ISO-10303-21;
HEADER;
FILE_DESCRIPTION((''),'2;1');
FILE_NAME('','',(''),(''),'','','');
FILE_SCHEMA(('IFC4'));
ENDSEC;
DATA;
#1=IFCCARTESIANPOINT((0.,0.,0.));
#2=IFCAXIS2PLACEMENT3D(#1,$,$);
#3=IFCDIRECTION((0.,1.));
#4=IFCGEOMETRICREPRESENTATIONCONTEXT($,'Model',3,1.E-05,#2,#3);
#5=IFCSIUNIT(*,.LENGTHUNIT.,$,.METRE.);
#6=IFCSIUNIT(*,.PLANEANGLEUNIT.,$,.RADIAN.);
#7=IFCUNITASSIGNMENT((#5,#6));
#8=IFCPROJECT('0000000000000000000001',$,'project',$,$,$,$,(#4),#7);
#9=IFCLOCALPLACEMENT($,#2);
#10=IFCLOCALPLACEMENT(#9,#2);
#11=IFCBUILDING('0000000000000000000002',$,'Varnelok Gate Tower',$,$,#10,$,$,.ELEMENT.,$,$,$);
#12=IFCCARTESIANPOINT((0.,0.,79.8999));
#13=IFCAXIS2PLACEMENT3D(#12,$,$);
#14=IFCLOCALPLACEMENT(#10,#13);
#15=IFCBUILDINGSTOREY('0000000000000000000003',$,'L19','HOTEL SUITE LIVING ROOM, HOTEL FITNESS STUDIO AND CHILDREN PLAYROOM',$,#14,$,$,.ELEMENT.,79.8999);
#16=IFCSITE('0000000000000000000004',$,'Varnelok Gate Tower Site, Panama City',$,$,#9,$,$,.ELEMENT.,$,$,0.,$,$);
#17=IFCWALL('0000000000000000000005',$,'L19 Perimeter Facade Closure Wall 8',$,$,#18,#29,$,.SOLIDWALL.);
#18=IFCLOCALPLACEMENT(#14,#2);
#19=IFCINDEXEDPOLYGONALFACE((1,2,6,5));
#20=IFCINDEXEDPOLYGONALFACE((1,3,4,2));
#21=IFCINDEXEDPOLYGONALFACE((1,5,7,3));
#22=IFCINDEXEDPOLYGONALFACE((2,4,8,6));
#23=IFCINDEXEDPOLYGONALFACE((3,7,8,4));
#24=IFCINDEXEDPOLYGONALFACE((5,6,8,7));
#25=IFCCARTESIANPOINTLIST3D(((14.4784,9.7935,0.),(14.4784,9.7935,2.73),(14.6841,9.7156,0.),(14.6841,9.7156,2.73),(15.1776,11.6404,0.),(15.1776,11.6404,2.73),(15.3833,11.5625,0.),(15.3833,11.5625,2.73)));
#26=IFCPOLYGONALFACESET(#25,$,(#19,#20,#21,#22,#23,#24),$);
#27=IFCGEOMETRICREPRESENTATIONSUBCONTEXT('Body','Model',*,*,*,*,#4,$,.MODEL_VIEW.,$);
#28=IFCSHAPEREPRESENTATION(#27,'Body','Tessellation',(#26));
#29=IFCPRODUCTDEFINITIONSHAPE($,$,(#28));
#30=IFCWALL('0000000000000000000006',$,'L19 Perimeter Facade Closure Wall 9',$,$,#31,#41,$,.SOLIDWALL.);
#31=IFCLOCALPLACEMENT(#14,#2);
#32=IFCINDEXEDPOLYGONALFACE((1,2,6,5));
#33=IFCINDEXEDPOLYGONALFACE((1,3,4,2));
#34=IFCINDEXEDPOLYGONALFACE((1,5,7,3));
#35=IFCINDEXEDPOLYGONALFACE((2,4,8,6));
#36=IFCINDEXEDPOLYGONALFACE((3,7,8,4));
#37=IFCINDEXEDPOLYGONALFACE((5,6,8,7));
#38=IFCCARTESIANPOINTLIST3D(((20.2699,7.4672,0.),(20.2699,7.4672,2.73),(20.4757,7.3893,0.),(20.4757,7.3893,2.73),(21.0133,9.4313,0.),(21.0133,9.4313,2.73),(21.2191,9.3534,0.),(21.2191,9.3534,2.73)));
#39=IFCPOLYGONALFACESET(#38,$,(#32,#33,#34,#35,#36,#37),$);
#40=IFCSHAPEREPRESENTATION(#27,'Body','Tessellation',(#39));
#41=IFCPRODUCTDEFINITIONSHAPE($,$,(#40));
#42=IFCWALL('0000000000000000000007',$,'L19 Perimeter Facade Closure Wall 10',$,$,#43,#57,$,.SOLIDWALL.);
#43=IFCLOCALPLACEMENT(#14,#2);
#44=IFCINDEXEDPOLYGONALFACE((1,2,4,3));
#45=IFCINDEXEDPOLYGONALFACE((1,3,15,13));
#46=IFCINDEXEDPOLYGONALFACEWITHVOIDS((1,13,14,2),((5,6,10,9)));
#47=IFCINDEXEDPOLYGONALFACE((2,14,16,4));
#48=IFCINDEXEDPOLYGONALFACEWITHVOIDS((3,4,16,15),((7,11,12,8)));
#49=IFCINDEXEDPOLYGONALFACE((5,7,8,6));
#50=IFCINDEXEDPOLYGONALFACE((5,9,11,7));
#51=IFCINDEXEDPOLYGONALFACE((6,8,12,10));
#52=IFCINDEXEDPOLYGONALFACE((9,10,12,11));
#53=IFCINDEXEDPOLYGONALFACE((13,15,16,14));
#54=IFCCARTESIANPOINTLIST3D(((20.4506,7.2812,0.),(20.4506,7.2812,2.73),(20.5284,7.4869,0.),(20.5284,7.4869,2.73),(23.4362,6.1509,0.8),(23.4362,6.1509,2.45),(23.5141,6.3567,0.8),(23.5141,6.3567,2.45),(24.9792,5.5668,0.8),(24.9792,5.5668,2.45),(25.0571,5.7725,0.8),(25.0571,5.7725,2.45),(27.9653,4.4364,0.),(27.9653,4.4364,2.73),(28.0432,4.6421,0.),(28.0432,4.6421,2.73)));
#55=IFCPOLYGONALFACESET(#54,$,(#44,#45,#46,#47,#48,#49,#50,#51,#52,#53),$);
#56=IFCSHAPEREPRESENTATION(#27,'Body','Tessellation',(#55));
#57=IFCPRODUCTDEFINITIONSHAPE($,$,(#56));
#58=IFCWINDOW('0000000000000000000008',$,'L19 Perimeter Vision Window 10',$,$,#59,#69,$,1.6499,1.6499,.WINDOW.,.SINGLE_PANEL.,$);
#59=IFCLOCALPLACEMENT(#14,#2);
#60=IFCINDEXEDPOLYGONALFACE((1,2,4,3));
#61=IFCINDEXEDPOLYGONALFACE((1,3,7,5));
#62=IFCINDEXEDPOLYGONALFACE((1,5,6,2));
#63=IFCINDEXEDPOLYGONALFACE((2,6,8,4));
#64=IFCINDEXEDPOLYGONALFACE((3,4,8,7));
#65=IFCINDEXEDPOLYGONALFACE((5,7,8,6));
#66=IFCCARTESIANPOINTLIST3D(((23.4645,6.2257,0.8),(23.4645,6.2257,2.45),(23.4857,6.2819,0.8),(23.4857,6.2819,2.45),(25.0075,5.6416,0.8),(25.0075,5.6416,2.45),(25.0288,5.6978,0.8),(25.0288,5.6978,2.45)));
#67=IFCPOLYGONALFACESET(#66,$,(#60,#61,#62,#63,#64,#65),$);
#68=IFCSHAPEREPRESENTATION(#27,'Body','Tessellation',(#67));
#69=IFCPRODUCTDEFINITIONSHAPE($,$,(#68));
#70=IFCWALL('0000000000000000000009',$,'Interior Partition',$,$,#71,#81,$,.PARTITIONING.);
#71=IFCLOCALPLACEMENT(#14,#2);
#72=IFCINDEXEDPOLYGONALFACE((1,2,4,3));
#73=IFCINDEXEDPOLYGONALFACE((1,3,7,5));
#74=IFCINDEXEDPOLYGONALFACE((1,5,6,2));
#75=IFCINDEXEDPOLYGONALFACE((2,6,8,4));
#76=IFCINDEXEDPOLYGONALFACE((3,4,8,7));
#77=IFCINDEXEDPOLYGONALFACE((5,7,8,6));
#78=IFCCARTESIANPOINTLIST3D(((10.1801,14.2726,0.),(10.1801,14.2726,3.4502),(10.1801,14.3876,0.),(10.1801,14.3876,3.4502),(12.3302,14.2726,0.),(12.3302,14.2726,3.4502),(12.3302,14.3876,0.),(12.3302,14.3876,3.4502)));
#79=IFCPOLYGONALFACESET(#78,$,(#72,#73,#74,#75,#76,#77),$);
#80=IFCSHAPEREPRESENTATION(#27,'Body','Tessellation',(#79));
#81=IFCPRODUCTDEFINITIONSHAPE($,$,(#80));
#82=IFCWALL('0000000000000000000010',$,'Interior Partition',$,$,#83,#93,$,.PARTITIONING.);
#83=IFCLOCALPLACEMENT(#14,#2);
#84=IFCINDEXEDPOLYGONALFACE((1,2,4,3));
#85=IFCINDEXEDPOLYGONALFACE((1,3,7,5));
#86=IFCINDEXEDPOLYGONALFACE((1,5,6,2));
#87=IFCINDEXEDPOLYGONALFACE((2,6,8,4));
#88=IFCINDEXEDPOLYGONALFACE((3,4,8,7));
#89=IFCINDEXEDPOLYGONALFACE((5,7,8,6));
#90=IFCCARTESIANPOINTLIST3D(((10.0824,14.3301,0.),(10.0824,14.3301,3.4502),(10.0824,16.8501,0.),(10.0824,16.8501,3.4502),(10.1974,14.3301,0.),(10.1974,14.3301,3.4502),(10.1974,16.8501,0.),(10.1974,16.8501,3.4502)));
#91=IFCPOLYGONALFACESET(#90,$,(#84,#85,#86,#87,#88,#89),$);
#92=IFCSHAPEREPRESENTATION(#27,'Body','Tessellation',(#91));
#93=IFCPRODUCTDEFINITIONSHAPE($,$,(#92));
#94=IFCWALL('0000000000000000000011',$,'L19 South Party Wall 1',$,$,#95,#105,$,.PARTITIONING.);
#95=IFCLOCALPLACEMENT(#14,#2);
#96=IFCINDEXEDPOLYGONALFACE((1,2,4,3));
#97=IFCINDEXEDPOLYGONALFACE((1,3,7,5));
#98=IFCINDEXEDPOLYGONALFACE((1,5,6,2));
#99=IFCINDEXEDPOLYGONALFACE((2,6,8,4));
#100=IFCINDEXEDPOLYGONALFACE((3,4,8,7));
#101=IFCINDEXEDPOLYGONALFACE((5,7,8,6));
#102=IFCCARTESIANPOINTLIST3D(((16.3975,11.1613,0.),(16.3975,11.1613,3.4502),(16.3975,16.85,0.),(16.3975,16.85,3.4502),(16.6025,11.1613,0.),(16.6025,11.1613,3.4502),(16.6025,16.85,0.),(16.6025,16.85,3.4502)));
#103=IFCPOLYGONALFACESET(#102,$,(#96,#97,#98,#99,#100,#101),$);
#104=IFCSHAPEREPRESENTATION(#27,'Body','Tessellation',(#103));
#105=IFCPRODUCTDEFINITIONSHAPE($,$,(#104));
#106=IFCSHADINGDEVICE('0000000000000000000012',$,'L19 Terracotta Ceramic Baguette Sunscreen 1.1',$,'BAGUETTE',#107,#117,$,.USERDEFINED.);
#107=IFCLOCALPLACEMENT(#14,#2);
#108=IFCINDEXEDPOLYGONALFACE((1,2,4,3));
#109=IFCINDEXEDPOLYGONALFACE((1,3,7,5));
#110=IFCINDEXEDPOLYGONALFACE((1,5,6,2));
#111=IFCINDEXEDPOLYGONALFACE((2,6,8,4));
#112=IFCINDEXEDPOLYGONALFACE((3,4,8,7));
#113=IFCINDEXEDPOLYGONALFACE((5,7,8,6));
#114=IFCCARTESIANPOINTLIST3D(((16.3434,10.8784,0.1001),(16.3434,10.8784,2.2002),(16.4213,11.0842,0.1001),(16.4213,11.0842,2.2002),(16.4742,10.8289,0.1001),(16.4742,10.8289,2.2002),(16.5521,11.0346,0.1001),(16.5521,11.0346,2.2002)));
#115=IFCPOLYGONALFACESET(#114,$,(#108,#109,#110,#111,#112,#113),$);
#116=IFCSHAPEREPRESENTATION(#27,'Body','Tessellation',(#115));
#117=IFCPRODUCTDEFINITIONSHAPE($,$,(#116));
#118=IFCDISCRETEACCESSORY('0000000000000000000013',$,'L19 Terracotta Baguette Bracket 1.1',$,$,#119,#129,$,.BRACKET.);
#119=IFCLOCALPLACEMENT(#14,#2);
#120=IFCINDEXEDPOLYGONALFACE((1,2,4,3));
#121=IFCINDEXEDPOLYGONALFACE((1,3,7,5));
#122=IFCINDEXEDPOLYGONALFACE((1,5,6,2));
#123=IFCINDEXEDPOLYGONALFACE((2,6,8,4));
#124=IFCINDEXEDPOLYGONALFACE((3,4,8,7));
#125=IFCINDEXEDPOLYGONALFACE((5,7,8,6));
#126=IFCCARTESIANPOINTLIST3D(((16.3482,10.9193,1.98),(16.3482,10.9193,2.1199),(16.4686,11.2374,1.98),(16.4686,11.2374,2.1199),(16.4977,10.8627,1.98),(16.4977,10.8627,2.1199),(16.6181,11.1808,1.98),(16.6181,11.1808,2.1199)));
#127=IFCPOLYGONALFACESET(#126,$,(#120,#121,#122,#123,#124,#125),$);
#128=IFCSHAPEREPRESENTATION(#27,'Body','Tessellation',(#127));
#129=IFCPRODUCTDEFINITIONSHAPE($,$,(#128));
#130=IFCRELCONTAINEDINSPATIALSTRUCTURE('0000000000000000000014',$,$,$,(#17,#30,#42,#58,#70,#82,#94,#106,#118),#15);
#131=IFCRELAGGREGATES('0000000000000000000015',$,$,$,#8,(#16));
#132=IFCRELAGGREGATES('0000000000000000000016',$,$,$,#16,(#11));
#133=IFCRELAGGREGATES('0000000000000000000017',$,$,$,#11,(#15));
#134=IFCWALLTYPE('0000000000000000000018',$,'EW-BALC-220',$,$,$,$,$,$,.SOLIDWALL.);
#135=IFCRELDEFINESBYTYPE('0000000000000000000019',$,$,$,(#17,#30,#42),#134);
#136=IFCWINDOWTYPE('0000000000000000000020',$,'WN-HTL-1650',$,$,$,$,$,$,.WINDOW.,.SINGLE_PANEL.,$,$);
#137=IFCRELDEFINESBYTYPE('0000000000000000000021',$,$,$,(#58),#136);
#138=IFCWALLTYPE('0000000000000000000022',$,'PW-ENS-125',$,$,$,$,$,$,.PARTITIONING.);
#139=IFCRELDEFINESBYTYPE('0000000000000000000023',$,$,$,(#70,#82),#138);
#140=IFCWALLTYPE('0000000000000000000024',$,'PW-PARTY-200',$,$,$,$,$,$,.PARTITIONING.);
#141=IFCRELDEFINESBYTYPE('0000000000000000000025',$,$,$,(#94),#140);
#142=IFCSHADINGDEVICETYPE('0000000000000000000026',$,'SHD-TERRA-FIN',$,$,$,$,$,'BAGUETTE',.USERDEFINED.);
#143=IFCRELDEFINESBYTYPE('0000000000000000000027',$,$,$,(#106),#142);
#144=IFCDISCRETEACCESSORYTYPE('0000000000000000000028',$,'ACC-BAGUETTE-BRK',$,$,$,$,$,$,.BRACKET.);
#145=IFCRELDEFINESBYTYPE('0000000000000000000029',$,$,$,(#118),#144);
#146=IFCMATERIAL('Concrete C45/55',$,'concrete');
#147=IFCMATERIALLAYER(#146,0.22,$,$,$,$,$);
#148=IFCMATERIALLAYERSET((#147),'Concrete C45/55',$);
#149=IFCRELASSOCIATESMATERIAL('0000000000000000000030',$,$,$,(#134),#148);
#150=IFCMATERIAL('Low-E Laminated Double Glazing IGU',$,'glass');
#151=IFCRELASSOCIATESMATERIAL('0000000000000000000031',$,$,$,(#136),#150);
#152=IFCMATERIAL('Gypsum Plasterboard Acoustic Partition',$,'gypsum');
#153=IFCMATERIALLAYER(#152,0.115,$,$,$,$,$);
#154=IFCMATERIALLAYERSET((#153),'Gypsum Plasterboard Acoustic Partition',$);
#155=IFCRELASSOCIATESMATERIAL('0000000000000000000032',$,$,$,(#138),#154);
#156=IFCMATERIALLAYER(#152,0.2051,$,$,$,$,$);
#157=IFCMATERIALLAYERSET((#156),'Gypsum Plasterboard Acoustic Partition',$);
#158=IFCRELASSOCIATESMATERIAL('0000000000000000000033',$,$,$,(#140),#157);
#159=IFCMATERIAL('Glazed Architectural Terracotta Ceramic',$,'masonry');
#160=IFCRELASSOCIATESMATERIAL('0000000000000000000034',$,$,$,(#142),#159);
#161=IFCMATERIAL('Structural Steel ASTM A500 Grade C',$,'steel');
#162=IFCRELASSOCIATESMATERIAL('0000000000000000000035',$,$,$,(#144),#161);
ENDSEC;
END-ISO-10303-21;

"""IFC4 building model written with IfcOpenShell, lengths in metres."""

from ifc_helpers import new_model, si_unit, direction, frame, frame_2d, origin, origin_2d, place, context, subcontext, project, spatial, rectangle, extrude, source, transform, mapped, material, layer, layer_set, type_object, element, fill, save


model = new_model("IFC4")

# Units and contexts
model_context = context("Model", 3, precision=1e-05, world=origin(), true_north=direction((0.0, 1.0)))
body_context = subcontext(model_context, "Body", "Model", "MODEL_VIEW")
ifc_project = project(units=[si_unit("LENGTHUNIT", "METRE"), si_unit("PLANEANGLEUNIT", "RADIAN")], contexts=[model_context])

# Site, building, storey
site_placement = place(None, origin())
site = spatial("IfcSite", under=ifc_project, at=site_placement, Name="Varnelok Gate Tower Site, Panama City", CompositionType="ELEMENT", RefElevation=0.0)
building_placement = place(site_placement, origin())
building = spatial("IfcBuilding", under=site, at=building_placement, Name="Varnelok Gate Tower", CompositionType="ELEMENT")
storey_placement = place(building_placement, frame((0.0, 0.0, 79.8999)))
storey = spatial("IfcBuildingStorey", under=building, at=storey_placement, Name="L19", Description="HOTEL SUITE LIVING ROOM, HOTEL FITNESS STUDIO AND CHILDREN PLAYROOM", CompositionType="ELEMENT", Elevation=79.8999)

# Shared definitions
ifc_material_1 = material(Name="Concrete C45/55", Category="concrete")

# Shared definitions
ifc_layer_1 = layer(ifc_material_1, 0.22)
ifc_layer_set_1 = layer_set([ifc_layer_1], Name="Concrete C45/55")
wall_type_1 = type_object("IfcWallType", Name="EW-BALC-220", PredefinedType="SOLIDWALL", material=ifc_layer_set_1)

# Walls
wall_1_placement = place(storey_placement, frame((14.5813, 9.7546, 0.0), z_axis=(0.0, 0.0, 1.0), x_axis=(0.354062, 0.935222, 0.0)))
element("IfcWall", 1, at=wall_1_placement, inside=storey, type_object=wall_type_1, Name="L19 Perimeter Facade Closure Wall 8", PredefinedType="SOLIDWALL", context=body_context, shape_type="SweptSolid", body=[
    extrude(rectangle(XDim=1.9749, YDim=0.22, at=frame_2d((0.9873, 0.0))), origin(), (0.0, 0.0, 1.0), 2.73),
])
wall_2_placement = place(storey_placement, frame((21.1162, 9.3923, 0.0), z_axis=(0.0, 0.0, 1.0), x_axis=(-0.353988, -0.93525, 0.0)))
element("IfcWall", 2, at=wall_2_placement, inside=storey, type_object=wall_type_1, Name="L19 Perimeter Facade Closure Wall 9", PredefinedType="SOLIDWALL", context=body_context, shape_type="SweptSolid", body=[
    extrude(rectangle(XDim=2.1001, YDim=0.22, at=frame_2d((1.05, 0.0))), origin(), (0.0, 0.0, 1.0), 2.73),
])

# Wall, opening, window
wall_3_placement = place(storey_placement, frame((20.4895, 7.384, 0.0), z_axis=(0.0, 0.0, 1.0), x_axis=(0.935231, -0.354039, 0.0)))
wall_3 = element("IfcWall", 3, at=wall_3_placement, inside=storey, type_object=wall_type_1, Name="L19 Perimeter Facade Closure Wall 10", PredefinedType="SOLIDWALL", context=body_context, shape_type="SweptSolid", body=[
    extrude(rectangle(XDim=8.0352, YDim=0.22, at=frame_2d((4.0176, 0.0))), origin(), (0.0, 0.0, 1.0), 2.73),
])
opening_1_placement = place(wall_3_placement, frame((3.1924, 0.0, 0.8)))
opening_1 = element("IfcOpeningElement", 4, at=opening_1_placement, cuts=wall_3, PredefinedType="OPENING", context=body_context, shape_type="SweptSolid", body=[
    extrude(rectangle(XDim=1.6499, YDim=1.6499, at=frame_2d((0.825, 0.825))), frame((0.0, 0.1199, 0.0), z_axis=(0.0, -1.0, 0.0), x_axis=(1.0, 0.0, 0.0)), (0.0, 0.0, 1.0), 0.24),
])
ifc_material_2 = material(Name="Low-E Laminated Double Glazing IGU", Category="glass")
window_type = type_object("IfcWindowType", Name="WN-HTL-1650", PartitioningType="SINGLE_PANEL", PredefinedType="WINDOW", material=ifc_material_2)
window_placement = place(opening_1_placement, origin())
window = element("IfcWindow", 5, at=window_placement, inside=storey, type_object=window_type, Name="L19 Perimeter Vision Window 10", OverallHeight=1.6499, OverallWidth=1.6499, PartitioningType="SINGLE_PANEL", PredefinedType="WINDOW", context=body_context, shape_type="SweptSolid", body=[
    extrude(rectangle(XDim=1.6499, YDim=1.6499, at=frame_2d((0.825, 0.825))), frame((0.0, 0.03, 0.0), z_axis=(0.0, -1.0, 0.0), x_axis=(1.0, 0.0, 0.0)), (0.0, 0.0, 1.0), 0.0601),
])
fill(opening_1, window)

# Walls
ifc_material_3 = material(Name="Gypsum Plasterboard Acoustic Partition", Category="gypsum")
ifc_layer_2 = layer(ifc_material_3, 0.115)
ifc_layer_set_2 = layer_set([ifc_layer_2], Name="Gypsum Plasterboard Acoustic Partition")
wall_type_2 = type_object("IfcWallType", Name="PW-ENS-125", PredefinedType="PARTITIONING", material=ifc_layer_set_2)
wall_4_placement = place(storey_placement, frame((10.1799, 14.3301, 0.0), z_axis=(0.0, 0.0, 1.0), x_axis=(1.0, 0.0, 0.0)))
element("IfcWall", 6, at=wall_4_placement, inside=storey, type_object=wall_type_2, Name="Interior Partition", PredefinedType="PARTITIONING", context=body_context, shape_type="SweptSolid", body=[
    extrude(rectangle(XDim=2.1501, YDim=0.115, at=frame_2d((1.0752, 0.0))), origin(), (0.0, 0.0, 1.0), 3.4502),
])
wall_5_placement = place(storey_placement, frame((10.1399, 14.3301, 0.0), z_axis=(0.0, 0.0, 1.0), x_axis=(0.0, 1.0, 0.0)))
element("IfcWall", 7, at=wall_5_placement, inside=storey, type_object=wall_type_2, Name="Interior Partition", PredefinedType="PARTITIONING", context=body_context, shape_type="SweptSolid", body=[
    extrude(rectangle(XDim=2.52, YDim=0.115, at=frame_2d((1.26, 0.0))), origin(), (0.0, 0.0, 1.0), 3.4502),
])
ifc_layer_3 = layer(ifc_material_3, 0.2051)
ifc_layer_set_3 = layer_set([ifc_layer_3], Name="Gypsum Plasterboard Acoustic Partition")
wall_type_3 = type_object("IfcWallType", Name="PW-PARTY-200", PredefinedType="PARTITIONING", material=ifc_layer_set_3)
wall_6_placement = place(storey_placement, frame((16.5, 11.1614, 0.0), z_axis=(0.0, 0.0, 1.0), x_axis=(0.0, 1.0, 0.0)))
element("IfcWall", 8, at=wall_6_placement, inside=storey, type_object=wall_type_3, Name="L19 South Party Wall 1", PredefinedType="PARTITIONING", context=body_context, shape_type="SweptSolid", body=[
    extrude(rectangle(XDim=5.6887, YDim=0.2051, at=frame_2d((2.8442, 0.0))), origin(), (0.0, 0.0, 1.0), 3.4502),
])

# Shading device
ifc_material_4 = material(Name="Glazed Architectural Terracotta Ceramic", Category="masonry")
shading_device_type = type_object("IfcShadingDeviceType", Name="SHD-TERRA-FIN", ElementType="BAGUETTE", PredefinedType="USERDEFINED", material=ifc_material_4)
shared_shape_1 = source(origin(), body_context, "Body", "SweptSolid", [
    extrude(rectangle(XDim=0.1399, YDim=0.22, at=origin_2d()), origin(), (0.0, 0.0, 1.0), 2.1001),
])
shading_device_placement = place(storey_placement, frame((16.4478, 10.9565, 0.1001), z_axis=(0.0, 0.0, 1.0), x_axis=(0.935222, -0.354063, 0.0)))
element("IfcShadingDevice", 9, at=shading_device_placement, inside=storey, type_object=shading_device_type, Name="L19 Terracotta Ceramic Baguette Sunscreen 1.1", ObjectType="BAGUETTE", PredefinedType="USERDEFINED", context=body_context, shape_type="MappedRepresentation", body=[
    mapped(shared_shape_1, transform((0.0, 0.0, 0.0), scale=1.0)),
])

# Discrete accessory
ifc_material_5 = material(Name="Structural Steel ASTM A500 Grade C", Category="steel")
discrete_accessory_type = type_object("IfcDiscreteAccessoryType", Name="ACC-BAGUETTE-BRK", PredefinedType="BRACKET", material=ifc_material_5)
shared_shape_2 = source(origin(), body_context, "Body", "SweptSolid", [
    extrude(rectangle(XDim=0.1599, YDim=0.3401, at=origin_2d()), origin(), (0.0, 0.0, 1.0), 0.1399),
])
discrete_accessory_placement = place(storey_placement, frame((16.4832, 11.05, 1.98), z_axis=(0.0, 0.0, 1.0), x_axis=(0.935222, -0.354063, 0.0)))
element("IfcDiscreteAccessory", 10, at=discrete_accessory_placement, inside=storey, type_object=discrete_accessory_type, Name="L19 Terracotta Baguette Bracket 1.1", PredefinedType="BRACKET", context=body_context, shape_type="MappedRepresentation", body=[
    mapped(shared_shape_2, transform((0.0, 0.0, 0.0), scale=1.0)),
])

save(model, "model.ifc")
